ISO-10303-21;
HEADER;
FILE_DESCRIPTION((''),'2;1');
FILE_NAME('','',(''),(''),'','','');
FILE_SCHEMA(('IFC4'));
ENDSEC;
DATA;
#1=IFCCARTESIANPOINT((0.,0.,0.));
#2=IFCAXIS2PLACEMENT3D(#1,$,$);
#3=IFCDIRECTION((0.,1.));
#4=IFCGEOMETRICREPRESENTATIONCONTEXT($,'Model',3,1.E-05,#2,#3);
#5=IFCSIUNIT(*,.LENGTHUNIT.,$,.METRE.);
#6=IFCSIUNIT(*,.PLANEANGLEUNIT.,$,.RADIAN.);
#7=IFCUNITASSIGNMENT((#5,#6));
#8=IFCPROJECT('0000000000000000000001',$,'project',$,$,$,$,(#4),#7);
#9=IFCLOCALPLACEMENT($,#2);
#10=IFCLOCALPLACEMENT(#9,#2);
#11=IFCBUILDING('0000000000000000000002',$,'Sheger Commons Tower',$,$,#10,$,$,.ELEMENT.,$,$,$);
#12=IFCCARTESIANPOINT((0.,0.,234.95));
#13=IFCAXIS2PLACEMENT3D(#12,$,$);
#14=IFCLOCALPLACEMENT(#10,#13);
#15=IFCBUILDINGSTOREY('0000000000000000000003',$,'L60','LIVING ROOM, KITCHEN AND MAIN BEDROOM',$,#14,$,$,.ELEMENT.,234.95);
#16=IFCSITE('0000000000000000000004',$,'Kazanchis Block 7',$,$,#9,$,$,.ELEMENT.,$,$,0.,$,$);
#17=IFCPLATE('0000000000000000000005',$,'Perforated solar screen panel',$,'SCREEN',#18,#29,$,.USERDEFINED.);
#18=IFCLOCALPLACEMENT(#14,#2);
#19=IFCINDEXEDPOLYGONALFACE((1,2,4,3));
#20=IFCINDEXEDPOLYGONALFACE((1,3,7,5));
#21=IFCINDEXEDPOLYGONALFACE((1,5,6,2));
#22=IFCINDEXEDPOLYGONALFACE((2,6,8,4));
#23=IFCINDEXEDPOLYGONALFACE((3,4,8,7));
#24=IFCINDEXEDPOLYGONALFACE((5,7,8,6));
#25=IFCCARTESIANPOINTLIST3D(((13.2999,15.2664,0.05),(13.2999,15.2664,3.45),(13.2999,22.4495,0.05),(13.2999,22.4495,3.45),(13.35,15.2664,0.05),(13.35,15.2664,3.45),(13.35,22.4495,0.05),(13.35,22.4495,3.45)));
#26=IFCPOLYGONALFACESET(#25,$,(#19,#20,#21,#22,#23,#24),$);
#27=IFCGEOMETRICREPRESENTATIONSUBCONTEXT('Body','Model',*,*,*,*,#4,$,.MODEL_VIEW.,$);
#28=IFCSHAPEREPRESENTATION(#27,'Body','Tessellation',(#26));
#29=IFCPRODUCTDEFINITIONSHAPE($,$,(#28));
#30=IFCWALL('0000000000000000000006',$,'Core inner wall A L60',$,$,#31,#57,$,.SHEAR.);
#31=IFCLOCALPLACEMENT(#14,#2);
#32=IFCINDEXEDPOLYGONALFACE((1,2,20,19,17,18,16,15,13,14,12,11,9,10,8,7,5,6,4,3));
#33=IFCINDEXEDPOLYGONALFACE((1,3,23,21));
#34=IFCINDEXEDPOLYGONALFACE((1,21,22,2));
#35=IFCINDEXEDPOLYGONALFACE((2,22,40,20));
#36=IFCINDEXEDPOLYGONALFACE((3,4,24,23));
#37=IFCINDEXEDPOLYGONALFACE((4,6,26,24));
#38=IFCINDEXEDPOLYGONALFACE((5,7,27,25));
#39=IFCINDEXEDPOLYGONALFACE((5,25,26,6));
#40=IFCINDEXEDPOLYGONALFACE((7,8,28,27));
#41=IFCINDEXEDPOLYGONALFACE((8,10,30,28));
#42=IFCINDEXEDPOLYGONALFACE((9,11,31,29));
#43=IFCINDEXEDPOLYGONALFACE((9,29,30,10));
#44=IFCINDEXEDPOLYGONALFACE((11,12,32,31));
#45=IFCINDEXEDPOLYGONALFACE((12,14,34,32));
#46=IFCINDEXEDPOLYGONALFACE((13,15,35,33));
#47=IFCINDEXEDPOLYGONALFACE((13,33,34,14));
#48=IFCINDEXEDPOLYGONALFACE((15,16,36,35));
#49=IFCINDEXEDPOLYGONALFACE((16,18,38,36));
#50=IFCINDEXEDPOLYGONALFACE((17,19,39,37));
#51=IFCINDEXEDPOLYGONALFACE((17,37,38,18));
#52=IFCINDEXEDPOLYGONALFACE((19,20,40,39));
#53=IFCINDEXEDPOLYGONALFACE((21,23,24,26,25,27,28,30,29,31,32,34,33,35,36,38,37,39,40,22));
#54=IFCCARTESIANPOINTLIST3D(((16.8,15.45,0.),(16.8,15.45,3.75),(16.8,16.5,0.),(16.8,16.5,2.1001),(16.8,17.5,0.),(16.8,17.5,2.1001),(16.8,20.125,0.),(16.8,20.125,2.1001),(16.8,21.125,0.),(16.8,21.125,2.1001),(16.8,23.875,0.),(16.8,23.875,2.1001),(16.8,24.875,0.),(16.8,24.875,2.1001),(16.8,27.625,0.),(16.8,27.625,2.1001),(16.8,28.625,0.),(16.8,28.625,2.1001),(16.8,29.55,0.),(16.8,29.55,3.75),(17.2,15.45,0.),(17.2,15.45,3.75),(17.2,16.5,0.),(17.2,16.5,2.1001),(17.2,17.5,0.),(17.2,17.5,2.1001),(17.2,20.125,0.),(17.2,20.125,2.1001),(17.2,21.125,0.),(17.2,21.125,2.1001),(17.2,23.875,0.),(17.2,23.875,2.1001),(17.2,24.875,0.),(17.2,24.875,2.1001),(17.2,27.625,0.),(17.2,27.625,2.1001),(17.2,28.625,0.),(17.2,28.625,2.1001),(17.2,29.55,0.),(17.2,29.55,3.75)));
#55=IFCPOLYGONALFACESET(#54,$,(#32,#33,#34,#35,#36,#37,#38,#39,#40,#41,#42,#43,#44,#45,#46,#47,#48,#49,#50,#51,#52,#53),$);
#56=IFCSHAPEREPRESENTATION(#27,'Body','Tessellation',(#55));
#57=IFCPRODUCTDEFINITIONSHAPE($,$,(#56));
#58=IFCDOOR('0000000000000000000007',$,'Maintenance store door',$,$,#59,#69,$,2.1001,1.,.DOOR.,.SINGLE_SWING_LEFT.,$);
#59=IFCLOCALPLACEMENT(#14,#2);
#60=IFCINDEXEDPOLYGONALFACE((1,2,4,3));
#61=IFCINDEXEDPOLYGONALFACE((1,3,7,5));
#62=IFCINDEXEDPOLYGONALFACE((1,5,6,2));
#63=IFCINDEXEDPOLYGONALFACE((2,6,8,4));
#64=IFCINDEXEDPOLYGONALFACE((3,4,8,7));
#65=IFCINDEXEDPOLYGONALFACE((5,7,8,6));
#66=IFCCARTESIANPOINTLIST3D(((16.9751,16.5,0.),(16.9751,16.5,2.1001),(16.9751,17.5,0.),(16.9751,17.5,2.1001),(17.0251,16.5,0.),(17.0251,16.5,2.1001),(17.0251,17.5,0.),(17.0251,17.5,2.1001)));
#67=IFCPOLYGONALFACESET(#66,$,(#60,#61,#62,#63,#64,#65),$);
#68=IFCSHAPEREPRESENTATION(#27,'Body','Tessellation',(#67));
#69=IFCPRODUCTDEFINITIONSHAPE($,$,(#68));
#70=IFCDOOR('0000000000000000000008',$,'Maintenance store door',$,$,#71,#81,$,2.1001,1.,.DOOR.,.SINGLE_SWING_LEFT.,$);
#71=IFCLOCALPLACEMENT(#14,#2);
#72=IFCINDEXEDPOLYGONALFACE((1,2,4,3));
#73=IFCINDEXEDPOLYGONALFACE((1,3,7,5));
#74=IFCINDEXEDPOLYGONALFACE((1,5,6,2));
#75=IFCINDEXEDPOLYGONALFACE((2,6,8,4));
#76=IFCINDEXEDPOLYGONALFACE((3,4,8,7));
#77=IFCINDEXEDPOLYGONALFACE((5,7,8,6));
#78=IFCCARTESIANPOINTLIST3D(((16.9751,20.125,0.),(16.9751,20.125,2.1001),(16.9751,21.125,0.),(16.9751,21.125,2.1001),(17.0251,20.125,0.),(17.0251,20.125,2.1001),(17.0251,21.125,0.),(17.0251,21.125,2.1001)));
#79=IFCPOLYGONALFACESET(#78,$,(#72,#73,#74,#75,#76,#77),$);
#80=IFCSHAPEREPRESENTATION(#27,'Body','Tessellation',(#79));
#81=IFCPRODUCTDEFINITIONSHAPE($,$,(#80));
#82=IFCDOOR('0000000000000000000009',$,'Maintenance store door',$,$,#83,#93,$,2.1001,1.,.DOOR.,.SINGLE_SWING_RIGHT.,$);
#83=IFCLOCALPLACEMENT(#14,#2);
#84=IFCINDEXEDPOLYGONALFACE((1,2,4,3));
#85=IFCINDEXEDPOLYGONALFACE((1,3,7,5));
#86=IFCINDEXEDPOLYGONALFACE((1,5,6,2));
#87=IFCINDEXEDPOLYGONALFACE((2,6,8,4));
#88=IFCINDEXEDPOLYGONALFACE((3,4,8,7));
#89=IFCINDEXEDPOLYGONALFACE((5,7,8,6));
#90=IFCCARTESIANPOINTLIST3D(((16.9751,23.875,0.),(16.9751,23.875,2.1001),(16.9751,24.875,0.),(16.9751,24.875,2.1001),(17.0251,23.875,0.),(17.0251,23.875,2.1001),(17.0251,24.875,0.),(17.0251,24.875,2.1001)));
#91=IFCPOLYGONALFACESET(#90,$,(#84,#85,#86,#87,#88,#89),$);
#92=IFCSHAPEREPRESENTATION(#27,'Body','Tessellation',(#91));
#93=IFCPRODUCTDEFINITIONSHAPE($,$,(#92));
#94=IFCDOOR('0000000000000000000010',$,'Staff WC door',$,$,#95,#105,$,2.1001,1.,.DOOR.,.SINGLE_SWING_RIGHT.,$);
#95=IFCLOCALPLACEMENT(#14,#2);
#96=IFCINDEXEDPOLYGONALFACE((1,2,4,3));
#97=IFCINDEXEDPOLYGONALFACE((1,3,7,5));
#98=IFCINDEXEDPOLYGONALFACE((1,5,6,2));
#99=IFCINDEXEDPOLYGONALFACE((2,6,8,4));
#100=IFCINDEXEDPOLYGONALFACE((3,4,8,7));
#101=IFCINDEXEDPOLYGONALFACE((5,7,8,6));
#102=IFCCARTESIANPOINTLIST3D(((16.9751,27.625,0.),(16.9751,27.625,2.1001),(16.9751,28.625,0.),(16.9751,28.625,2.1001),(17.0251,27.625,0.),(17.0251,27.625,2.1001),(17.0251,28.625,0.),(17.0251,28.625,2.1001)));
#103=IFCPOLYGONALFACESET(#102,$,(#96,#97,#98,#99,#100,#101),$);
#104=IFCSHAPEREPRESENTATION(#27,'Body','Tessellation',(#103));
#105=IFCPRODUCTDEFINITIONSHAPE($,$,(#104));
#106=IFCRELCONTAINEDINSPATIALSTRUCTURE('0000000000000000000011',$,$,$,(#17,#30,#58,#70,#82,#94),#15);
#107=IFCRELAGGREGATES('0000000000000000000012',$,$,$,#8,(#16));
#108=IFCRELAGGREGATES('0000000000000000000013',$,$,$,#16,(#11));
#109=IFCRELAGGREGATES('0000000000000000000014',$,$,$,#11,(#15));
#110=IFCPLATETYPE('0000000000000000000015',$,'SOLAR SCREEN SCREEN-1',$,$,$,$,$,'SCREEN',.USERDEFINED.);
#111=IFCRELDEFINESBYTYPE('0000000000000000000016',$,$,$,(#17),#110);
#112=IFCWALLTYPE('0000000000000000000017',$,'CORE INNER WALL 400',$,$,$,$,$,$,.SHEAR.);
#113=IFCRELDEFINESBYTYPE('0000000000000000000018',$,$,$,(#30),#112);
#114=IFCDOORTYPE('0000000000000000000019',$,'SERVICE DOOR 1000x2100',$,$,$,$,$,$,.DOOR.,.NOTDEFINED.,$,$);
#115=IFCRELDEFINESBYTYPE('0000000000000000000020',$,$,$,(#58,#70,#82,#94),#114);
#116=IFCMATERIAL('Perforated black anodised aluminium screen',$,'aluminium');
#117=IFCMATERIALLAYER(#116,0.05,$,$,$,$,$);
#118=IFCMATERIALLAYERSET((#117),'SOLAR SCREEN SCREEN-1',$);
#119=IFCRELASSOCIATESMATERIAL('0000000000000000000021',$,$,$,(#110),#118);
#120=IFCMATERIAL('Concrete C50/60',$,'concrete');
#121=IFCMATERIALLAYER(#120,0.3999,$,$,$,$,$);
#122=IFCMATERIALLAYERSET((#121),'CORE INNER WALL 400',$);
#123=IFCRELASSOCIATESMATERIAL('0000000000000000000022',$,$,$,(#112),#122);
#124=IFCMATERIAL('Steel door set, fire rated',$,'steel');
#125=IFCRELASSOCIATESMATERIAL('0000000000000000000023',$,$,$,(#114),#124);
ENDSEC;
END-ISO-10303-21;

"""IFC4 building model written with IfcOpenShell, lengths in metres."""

from ifc_helpers import new_model, si_unit, direction, frame, frame_2d, origin, origin_2d, place, context, subcontext, project, spatial, rectangle, extrude, material, layer, layer_set, type_object, element, fill, save


model = new_model("IFC4")

# Units and contexts
model_context = context("Model", 3, precision=1e-05, world=origin(), true_north=direction((0.0, 1.0)))
body_context = subcontext(model_context, "Body", "Model", "MODEL_VIEW")
ifc_project = project(units=[si_unit("LENGTHUNIT", "METRE"), si_unit("PLANEANGLEUNIT", "RADIAN")], contexts=[model_context])

# Site, building, storey
site_placement = place(None, origin())
site = spatial("IfcSite", under=ifc_project, at=site_placement, Name="Kazanchis Block 7", CompositionType="ELEMENT", RefElevation=0.0)
building_placement = place(site_placement, origin())
building = spatial("IfcBuilding", under=site, at=building_placement, Name="Sheger Commons Tower", CompositionType="ELEMENT")
storey_placement = place(building_placement, frame((0.0, 0.0, 234.95)))
storey = spatial("IfcBuildingStorey", under=building, at=storey_placement, Name="L60", Description="LIVING ROOM, KITCHEN AND MAIN BEDROOM", CompositionType="ELEMENT", Elevation=234.95)

# Plate
ifc_material_1 = material(Name="Perforated black anodised aluminium screen", Category="aluminium")
ifc_layer_1 = layer(ifc_material_1, 0.05)
ifc_layer_set_1 = layer_set([ifc_layer_1], Name="SOLAR SCREEN SCREEN-1")
plate_type = type_object("IfcPlateType", Name="SOLAR SCREEN SCREEN-1", ElementType="SCREEN", PredefinedType="USERDEFINED", material=ifc_layer_set_1)
plate_placement = place(storey_placement, frame((13.325, 18.8579, 0.05), z_axis=(0.0, 0.0, 1.0), x_axis=(0.0, -1.0, 0.0)))
element("IfcPlate", 1, at=plate_placement, inside=storey, type_object=plate_type, Name="Perforated solar screen panel", ObjectType="SCREEN", PredefinedType="USERDEFINED", context=body_context, shape_type="SweptSolid", body=[
    extrude(rectangle(XDim=7.1831, YDim=0.05, at=origin_2d()), origin(), (0.0, 0.0, 1.0), 3.3999),
])

# Wall, openings, doors
ifc_material_2 = material(Name="Concrete C50/60", Category="concrete")
ifc_layer_2 = layer(ifc_material_2, 0.3999)
ifc_layer_set_2 = layer_set([ifc_layer_2], Name="CORE INNER WALL 400")
wall_type_1 = type_object("IfcWallType", Name="CORE INNER WALL 400", PredefinedType="SHEAR", material=ifc_layer_set_2)
wall_1_placement = place(storey_placement, frame((17.0, 15.45, 0.0), z_axis=(0.0, 0.0, 1.0), x_axis=(0.0, 1.0, 0.0)))
wall_1 = element("IfcWall", 2, at=wall_1_placement, inside=storey, type_object=wall_type_1, Name="Core inner wall A L60", PredefinedType="SHEAR", context=body_context, shape_type="SweptSolid", body=[
    extrude(rectangle(XDim=14.1001, YDim=0.3999, at=frame_2d((7.05, 0.0))), origin(), (0.0, 0.0, 1.0), 3.75),
])
opening_1_placement = place(wall_1_placement, frame((1.05, 0.0, 0.0)))
opening_1 = element("IfcOpeningElement", 3, at=opening_1_placement, cuts=wall_1, PredefinedType="OPENING", context=body_context, shape_type="SweptSolid", body=[
    extrude(rectangle(XDim=1.0, YDim=2.1001, at=frame_2d((0.5, 1.05))), frame((0.0, 0.21, 0.0), z_axis=(0.0, -1.0, 0.0), x_axis=(1.0, 0.0, 0.0)), (0.0, 0.0, 1.0), 0.4199),
])
opening_2_placement = place(wall_1_placement, frame((4.675, 0.0, 0.0)))
opening_2 = element("IfcOpeningElement", 4, at=opening_2_placement, cuts=wall_1, PredefinedType="OPENING", context=body_context, shape_type="SweptSolid", body=[
    extrude(rectangle(XDim=1.0, YDim=2.1001, at=frame_2d((0.5, 1.05))), frame((0.0, 0.21, 0.0), z_axis=(0.0, -1.0, 0.0), x_axis=(1.0, 0.0, 0.0)), (0.0, 0.0, 1.0), 0.4199),
])
opening_3_placement = place(wall_1_placement, frame((8.425, 0.0, 0.0)))
opening_3 = element("IfcOpeningElement", 5, at=opening_3_placement, cuts=wall_1, PredefinedType="OPENING", context=body_context, shape_type="SweptSolid", body=[
    extrude(rectangle(XDim=1.0, YDim=2.1001, at=frame_2d((0.5, 1.05))), frame((0.0, 0.21, 0.0), z_axis=(0.0, -1.0, 0.0), x_axis=(1.0, 0.0, 0.0)), (0.0, 0.0, 1.0), 0.4199),
])
opening_4_placement = place(wall_1_placement, frame((12.175, 0.0, 0.0)))
opening_4 = element("IfcOpeningElement", 6, at=opening_4_placement, cuts=wall_1, PredefinedType="OPENING", context=body_context, shape_type="SweptSolid", body=[
    extrude(rectangle(XDim=1.0, YDim=2.1001, at=frame_2d((0.5, 1.05))), frame((0.0, 0.21, 0.0), z_axis=(0.0, -1.0, 0.0), x_axis=(1.0, 0.0, 0.0)), (0.0, 0.0, 1.0), 0.4199),
])
ifc_material_3 = material(Name="Steel door set, fire rated", Category="steel")
door_type_1 = type_object("IfcDoorType", Name="SERVICE DOOR 1000x2100", OperationType="NOTDEFINED", PredefinedType="DOOR", material=ifc_material_3)
door_1_placement = place(opening_1_placement, origin())
door_1 = element("IfcDoor", 7, at=door_1_placement, inside=storey, type_object=door_type_1, Name="Maintenance store door", OperationType="SINGLE_SWING_LEFT", OverallHeight=2.1001, OverallWidth=1.0, PredefinedType="DOOR", context=body_context, shape_type="SweptSolid", body=[
    extrude(rectangle(XDim=1.0, YDim=2.1001, at=frame_2d((0.5, 1.05))), frame((0.0, 0.0249, 0.0), z_axis=(0.0, -1.0, 0.0), x_axis=(1.0, 0.0, 0.0)), (0.0, 0.0, 1.0), 0.05),
])
fill(opening_1, door_1)
door_2_placement = place(opening_2_placement, origin())
door_2 = element("IfcDoor", 8, at=door_2_placement, inside=storey, type_object=door_type_1, Name="Maintenance store door", OperationType="SINGLE_SWING_LEFT", OverallHeight=2.1001, OverallWidth=1.0, PredefinedType="DOOR", context=body_context, shape_type="SweptSolid", body=[
    extrude(rectangle(XDim=1.0, YDim=2.1001, at=frame_2d((0.5, 1.05))), frame((0.0, 0.0249, 0.0), z_axis=(0.0, -1.0, 0.0), x_axis=(1.0, 0.0, 0.0)), (0.0, 0.0, 1.0), 0.05),
])
fill(opening_2, door_2)
door_3_placement = place(opening_3_placement, origin())
door_3 = element("IfcDoor", 9, at=door_3_placement, inside=storey, type_object=door_type_1, Name="Maintenance store door", OperationType="SINGLE_SWING_RIGHT", OverallHeight=2.1001, OverallWidth=1.0, PredefinedType="DOOR", context=body_context, shape_type="SweptSolid", body=[
    extrude(rectangle(XDim=1.0, YDim=2.1001, at=frame_2d((0.5, 1.05))), frame((0.0, 0.0249, 0.0), z_axis=(0.0, -1.0, 0.0), x_axis=(1.0, 0.0, 0.0)), (0.0, 0.0, 1.0), 0.05),
])
fill(opening_3, door_3)
door_4_placement = place(opening_4_placement, origin())
door_4 = element("IfcDoor", 10, at=door_4_placement, inside=storey, type_object=door_type_1, Name="Staff WC door", OperationType="SINGLE_SWING_RIGHT", OverallHeight=2.1001, OverallWidth=1.0, PredefinedType="DOOR", context=body_context, shape_type="SweptSolid", body=[
    extrude(rectangle(XDim=1.0, YDim=2.1001, at=frame_2d((0.5, 1.05))), frame((0.0, 0.0249, 0.0), z_axis=(0.0, -1.0, 0.0), x_axis=(1.0, 0.0, 0.0)), (0.0, 0.0, 1.0), 0.05),
])
fill(opening_4, door_4)

save(model, "model.ifc")
